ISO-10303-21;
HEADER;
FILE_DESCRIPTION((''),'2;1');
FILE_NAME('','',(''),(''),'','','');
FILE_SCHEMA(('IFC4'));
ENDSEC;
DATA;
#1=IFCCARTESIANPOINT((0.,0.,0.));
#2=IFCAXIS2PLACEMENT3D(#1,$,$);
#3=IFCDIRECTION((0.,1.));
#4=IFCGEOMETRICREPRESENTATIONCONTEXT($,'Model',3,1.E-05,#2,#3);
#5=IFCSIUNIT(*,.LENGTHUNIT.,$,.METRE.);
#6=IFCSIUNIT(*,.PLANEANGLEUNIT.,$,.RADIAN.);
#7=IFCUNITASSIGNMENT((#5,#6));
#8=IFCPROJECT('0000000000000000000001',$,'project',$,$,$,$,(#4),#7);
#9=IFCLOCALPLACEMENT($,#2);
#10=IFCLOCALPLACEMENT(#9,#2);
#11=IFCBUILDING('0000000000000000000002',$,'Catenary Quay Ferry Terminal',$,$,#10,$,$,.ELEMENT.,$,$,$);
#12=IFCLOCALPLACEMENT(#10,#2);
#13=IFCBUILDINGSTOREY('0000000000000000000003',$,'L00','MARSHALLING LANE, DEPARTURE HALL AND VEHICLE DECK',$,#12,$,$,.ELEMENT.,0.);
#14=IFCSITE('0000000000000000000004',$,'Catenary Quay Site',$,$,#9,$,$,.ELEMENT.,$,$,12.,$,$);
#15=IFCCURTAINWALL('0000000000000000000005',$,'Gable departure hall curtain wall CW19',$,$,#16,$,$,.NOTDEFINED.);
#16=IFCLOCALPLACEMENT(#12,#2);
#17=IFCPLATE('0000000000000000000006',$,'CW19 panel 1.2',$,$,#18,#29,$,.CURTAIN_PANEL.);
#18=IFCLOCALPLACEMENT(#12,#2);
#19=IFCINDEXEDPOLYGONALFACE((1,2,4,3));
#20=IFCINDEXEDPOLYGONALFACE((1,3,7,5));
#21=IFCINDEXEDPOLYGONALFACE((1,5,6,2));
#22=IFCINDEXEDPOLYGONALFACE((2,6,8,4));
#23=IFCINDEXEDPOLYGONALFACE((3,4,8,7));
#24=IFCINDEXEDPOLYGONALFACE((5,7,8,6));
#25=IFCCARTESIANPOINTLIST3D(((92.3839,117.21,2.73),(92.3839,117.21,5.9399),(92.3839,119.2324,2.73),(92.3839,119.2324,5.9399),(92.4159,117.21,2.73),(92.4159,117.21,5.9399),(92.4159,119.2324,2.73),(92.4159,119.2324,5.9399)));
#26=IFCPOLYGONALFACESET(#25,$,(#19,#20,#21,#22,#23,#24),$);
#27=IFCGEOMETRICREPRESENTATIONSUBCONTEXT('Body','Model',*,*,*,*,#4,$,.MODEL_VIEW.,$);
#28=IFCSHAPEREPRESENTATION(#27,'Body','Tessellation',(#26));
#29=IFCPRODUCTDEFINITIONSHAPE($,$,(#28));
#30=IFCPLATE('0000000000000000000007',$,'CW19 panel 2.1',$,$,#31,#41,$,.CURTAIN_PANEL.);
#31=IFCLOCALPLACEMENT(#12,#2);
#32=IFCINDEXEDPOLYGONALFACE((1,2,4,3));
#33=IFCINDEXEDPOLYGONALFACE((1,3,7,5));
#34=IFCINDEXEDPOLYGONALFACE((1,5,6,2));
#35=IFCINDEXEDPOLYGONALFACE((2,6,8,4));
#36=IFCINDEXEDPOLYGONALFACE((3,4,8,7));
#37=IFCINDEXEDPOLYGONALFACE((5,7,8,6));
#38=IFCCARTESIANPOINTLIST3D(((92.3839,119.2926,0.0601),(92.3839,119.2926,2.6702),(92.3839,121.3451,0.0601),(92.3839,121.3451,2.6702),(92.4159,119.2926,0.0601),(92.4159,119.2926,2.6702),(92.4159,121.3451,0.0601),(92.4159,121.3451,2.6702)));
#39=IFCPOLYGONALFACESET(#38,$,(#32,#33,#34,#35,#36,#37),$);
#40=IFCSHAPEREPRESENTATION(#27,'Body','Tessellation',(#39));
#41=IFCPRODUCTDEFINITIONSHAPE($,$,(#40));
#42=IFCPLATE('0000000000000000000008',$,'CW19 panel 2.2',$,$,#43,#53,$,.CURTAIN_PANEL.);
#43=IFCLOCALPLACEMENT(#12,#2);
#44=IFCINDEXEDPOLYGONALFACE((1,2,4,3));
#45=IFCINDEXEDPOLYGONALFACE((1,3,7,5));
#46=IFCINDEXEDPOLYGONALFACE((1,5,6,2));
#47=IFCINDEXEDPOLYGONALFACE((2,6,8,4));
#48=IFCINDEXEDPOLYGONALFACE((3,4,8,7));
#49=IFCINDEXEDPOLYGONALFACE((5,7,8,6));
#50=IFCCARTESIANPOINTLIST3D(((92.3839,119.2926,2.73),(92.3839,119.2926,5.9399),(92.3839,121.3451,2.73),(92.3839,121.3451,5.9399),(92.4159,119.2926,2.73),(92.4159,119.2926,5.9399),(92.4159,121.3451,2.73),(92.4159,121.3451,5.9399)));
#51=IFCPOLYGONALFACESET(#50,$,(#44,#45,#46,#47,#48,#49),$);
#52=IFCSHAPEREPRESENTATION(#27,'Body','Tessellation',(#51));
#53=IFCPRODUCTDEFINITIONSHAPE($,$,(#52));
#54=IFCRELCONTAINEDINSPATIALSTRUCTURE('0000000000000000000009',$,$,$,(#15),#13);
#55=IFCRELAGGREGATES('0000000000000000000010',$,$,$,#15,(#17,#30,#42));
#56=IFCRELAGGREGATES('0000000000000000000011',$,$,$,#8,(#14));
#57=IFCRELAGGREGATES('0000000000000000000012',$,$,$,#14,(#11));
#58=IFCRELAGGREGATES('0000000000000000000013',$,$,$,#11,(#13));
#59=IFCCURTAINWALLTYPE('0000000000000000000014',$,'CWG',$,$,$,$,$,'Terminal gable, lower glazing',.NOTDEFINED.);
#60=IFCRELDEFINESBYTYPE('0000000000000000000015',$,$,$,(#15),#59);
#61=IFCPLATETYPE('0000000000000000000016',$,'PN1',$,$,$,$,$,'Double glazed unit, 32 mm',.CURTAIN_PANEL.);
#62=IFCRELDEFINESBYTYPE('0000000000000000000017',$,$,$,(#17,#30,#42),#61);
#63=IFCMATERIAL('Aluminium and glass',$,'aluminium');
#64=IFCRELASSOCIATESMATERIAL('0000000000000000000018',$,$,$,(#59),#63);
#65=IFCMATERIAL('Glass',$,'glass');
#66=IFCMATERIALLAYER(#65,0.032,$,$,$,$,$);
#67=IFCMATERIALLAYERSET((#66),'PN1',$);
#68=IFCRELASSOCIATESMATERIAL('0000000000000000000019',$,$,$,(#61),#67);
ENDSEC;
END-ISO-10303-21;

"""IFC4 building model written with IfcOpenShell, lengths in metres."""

from ifc_helpers import new_model, si_unit, direction, frame, origin, origin_2d, place, context, subcontext, project, spatial, rectangle, extrude, material, layer, layer_set, type_object, element, aggregate, save


model = new_model("IFC4")

# Units and contexts
model_context = context("Model", 3, precision=1e-05, world=origin(), true_north=direction((0.0, 1.0)))
body_context = subcontext(model_context, "Body", "Model", "MODEL_VIEW")
ifc_project = project(units=[si_unit("LENGTHUNIT", "METRE"), si_unit("PLANEANGLEUNIT", "RADIAN")], contexts=[model_context])

# Site, building, storey
site_placement = place(None, origin())
site = spatial("IfcSite", under=ifc_project, at=site_placement, Name="Catenary Quay Site", CompositionType="ELEMENT", RefElevation=12.0)
building_placement = place(site_placement, origin())
building = spatial("IfcBuilding", under=site, at=building_placement, Name="Catenary Quay Ferry Terminal", CompositionType="ELEMENT")
storey_placement = place(building_placement, origin())
storey = spatial("IfcBuildingStorey", under=building, at=storey_placement, Name="L00", Description="MARSHALLING LANE, DEPARTURE HALL AND VEHICLE DECK", CompositionType="ELEMENT", Elevation=0.0)

# Curtain wall
ifc_material_1 = material(Name="Aluminium and glass", Category="aluminium")
curtain_wall_type = type_object("IfcCurtainWallType", Name="CWG", ElementType="Terminal gable, lower glazing", PredefinedType="NOTDEFINED", material=ifc_material_1)
curtain_wall_1_placement = place(storey_placement, origin())
curtain_wall_1 = element("IfcCurtainWall", 1, at=curtain_wall_1_placement, inside=storey, type_object=curtain_wall_type, Name="Gable departure hall curtain wall CW19", PredefinedType="NOTDEFINED")

# Plates
ifc_material_2 = material(Name="Glass", Category="glass")
ifc_layer_1 = layer(ifc_material_2, 0.032)
ifc_layer_set_1 = layer_set([ifc_layer_1], Name="PN1")
plate_type = type_object("IfcPlateType", Name="PN1", ElementType="Double glazed unit, 32 mm", PredefinedType="CURTAIN_PANEL", material=ifc_layer_set_1)
plate_1_placement = place(storey_placement, frame((92.3999, 118.2212, 2.73), z_axis=(0.0, 0.0, 1.0), x_axis=(0.0, 1.0, 0.0)))
plate_1 = element("IfcPlate", 2, at=plate_1_placement, type_object=plate_type, Name="CW19 panel 1.2", PredefinedType="CURTAIN_PANEL", context=body_context, shape_type="SweptSolid", body=[
    extrude(rectangle(XDim=2.0225, YDim=0.032, at=origin_2d()), origin(), (0.0, 0.0, 1.0), 3.21),
])
plate_2_placement = place(storey_placement, frame((92.3999, 120.3188, 0.0601), z_axis=(0.0, 0.0, 1.0), x_axis=(0.0, 1.0, 0.0)))
plate_2 = element("IfcPlate", 3, at=plate_2_placement, type_object=plate_type, Name="CW19 panel 2.1", PredefinedType="CURTAIN_PANEL", context=body_context, shape_type="SweptSolid", body=[
    extrude(rectangle(XDim=2.0525, YDim=0.032, at=origin_2d()), origin(), (0.0, 0.0, 1.0), 2.6101),
])
plate_3_placement = place(storey_placement, frame((92.3999, 120.3188, 2.73), z_axis=(0.0, 0.0, 1.0), x_axis=(0.0, 1.0, 0.0)))
plate_3 = element("IfcPlate", 4, at=plate_3_placement, type_object=plate_type, Name="CW19 panel 2.2", PredefinedType="CURTAIN_PANEL", context=body_context, shape_type="SweptSolid", body=[
    extrude(rectangle(XDim=2.0525, YDim=0.032, at=origin_2d()), origin(), (0.0, 0.0, 1.0), 3.21),
])
aggregate(curtain_wall_1, [plate_1, plate_2, plate_3])

save(model, "model.ifc")
